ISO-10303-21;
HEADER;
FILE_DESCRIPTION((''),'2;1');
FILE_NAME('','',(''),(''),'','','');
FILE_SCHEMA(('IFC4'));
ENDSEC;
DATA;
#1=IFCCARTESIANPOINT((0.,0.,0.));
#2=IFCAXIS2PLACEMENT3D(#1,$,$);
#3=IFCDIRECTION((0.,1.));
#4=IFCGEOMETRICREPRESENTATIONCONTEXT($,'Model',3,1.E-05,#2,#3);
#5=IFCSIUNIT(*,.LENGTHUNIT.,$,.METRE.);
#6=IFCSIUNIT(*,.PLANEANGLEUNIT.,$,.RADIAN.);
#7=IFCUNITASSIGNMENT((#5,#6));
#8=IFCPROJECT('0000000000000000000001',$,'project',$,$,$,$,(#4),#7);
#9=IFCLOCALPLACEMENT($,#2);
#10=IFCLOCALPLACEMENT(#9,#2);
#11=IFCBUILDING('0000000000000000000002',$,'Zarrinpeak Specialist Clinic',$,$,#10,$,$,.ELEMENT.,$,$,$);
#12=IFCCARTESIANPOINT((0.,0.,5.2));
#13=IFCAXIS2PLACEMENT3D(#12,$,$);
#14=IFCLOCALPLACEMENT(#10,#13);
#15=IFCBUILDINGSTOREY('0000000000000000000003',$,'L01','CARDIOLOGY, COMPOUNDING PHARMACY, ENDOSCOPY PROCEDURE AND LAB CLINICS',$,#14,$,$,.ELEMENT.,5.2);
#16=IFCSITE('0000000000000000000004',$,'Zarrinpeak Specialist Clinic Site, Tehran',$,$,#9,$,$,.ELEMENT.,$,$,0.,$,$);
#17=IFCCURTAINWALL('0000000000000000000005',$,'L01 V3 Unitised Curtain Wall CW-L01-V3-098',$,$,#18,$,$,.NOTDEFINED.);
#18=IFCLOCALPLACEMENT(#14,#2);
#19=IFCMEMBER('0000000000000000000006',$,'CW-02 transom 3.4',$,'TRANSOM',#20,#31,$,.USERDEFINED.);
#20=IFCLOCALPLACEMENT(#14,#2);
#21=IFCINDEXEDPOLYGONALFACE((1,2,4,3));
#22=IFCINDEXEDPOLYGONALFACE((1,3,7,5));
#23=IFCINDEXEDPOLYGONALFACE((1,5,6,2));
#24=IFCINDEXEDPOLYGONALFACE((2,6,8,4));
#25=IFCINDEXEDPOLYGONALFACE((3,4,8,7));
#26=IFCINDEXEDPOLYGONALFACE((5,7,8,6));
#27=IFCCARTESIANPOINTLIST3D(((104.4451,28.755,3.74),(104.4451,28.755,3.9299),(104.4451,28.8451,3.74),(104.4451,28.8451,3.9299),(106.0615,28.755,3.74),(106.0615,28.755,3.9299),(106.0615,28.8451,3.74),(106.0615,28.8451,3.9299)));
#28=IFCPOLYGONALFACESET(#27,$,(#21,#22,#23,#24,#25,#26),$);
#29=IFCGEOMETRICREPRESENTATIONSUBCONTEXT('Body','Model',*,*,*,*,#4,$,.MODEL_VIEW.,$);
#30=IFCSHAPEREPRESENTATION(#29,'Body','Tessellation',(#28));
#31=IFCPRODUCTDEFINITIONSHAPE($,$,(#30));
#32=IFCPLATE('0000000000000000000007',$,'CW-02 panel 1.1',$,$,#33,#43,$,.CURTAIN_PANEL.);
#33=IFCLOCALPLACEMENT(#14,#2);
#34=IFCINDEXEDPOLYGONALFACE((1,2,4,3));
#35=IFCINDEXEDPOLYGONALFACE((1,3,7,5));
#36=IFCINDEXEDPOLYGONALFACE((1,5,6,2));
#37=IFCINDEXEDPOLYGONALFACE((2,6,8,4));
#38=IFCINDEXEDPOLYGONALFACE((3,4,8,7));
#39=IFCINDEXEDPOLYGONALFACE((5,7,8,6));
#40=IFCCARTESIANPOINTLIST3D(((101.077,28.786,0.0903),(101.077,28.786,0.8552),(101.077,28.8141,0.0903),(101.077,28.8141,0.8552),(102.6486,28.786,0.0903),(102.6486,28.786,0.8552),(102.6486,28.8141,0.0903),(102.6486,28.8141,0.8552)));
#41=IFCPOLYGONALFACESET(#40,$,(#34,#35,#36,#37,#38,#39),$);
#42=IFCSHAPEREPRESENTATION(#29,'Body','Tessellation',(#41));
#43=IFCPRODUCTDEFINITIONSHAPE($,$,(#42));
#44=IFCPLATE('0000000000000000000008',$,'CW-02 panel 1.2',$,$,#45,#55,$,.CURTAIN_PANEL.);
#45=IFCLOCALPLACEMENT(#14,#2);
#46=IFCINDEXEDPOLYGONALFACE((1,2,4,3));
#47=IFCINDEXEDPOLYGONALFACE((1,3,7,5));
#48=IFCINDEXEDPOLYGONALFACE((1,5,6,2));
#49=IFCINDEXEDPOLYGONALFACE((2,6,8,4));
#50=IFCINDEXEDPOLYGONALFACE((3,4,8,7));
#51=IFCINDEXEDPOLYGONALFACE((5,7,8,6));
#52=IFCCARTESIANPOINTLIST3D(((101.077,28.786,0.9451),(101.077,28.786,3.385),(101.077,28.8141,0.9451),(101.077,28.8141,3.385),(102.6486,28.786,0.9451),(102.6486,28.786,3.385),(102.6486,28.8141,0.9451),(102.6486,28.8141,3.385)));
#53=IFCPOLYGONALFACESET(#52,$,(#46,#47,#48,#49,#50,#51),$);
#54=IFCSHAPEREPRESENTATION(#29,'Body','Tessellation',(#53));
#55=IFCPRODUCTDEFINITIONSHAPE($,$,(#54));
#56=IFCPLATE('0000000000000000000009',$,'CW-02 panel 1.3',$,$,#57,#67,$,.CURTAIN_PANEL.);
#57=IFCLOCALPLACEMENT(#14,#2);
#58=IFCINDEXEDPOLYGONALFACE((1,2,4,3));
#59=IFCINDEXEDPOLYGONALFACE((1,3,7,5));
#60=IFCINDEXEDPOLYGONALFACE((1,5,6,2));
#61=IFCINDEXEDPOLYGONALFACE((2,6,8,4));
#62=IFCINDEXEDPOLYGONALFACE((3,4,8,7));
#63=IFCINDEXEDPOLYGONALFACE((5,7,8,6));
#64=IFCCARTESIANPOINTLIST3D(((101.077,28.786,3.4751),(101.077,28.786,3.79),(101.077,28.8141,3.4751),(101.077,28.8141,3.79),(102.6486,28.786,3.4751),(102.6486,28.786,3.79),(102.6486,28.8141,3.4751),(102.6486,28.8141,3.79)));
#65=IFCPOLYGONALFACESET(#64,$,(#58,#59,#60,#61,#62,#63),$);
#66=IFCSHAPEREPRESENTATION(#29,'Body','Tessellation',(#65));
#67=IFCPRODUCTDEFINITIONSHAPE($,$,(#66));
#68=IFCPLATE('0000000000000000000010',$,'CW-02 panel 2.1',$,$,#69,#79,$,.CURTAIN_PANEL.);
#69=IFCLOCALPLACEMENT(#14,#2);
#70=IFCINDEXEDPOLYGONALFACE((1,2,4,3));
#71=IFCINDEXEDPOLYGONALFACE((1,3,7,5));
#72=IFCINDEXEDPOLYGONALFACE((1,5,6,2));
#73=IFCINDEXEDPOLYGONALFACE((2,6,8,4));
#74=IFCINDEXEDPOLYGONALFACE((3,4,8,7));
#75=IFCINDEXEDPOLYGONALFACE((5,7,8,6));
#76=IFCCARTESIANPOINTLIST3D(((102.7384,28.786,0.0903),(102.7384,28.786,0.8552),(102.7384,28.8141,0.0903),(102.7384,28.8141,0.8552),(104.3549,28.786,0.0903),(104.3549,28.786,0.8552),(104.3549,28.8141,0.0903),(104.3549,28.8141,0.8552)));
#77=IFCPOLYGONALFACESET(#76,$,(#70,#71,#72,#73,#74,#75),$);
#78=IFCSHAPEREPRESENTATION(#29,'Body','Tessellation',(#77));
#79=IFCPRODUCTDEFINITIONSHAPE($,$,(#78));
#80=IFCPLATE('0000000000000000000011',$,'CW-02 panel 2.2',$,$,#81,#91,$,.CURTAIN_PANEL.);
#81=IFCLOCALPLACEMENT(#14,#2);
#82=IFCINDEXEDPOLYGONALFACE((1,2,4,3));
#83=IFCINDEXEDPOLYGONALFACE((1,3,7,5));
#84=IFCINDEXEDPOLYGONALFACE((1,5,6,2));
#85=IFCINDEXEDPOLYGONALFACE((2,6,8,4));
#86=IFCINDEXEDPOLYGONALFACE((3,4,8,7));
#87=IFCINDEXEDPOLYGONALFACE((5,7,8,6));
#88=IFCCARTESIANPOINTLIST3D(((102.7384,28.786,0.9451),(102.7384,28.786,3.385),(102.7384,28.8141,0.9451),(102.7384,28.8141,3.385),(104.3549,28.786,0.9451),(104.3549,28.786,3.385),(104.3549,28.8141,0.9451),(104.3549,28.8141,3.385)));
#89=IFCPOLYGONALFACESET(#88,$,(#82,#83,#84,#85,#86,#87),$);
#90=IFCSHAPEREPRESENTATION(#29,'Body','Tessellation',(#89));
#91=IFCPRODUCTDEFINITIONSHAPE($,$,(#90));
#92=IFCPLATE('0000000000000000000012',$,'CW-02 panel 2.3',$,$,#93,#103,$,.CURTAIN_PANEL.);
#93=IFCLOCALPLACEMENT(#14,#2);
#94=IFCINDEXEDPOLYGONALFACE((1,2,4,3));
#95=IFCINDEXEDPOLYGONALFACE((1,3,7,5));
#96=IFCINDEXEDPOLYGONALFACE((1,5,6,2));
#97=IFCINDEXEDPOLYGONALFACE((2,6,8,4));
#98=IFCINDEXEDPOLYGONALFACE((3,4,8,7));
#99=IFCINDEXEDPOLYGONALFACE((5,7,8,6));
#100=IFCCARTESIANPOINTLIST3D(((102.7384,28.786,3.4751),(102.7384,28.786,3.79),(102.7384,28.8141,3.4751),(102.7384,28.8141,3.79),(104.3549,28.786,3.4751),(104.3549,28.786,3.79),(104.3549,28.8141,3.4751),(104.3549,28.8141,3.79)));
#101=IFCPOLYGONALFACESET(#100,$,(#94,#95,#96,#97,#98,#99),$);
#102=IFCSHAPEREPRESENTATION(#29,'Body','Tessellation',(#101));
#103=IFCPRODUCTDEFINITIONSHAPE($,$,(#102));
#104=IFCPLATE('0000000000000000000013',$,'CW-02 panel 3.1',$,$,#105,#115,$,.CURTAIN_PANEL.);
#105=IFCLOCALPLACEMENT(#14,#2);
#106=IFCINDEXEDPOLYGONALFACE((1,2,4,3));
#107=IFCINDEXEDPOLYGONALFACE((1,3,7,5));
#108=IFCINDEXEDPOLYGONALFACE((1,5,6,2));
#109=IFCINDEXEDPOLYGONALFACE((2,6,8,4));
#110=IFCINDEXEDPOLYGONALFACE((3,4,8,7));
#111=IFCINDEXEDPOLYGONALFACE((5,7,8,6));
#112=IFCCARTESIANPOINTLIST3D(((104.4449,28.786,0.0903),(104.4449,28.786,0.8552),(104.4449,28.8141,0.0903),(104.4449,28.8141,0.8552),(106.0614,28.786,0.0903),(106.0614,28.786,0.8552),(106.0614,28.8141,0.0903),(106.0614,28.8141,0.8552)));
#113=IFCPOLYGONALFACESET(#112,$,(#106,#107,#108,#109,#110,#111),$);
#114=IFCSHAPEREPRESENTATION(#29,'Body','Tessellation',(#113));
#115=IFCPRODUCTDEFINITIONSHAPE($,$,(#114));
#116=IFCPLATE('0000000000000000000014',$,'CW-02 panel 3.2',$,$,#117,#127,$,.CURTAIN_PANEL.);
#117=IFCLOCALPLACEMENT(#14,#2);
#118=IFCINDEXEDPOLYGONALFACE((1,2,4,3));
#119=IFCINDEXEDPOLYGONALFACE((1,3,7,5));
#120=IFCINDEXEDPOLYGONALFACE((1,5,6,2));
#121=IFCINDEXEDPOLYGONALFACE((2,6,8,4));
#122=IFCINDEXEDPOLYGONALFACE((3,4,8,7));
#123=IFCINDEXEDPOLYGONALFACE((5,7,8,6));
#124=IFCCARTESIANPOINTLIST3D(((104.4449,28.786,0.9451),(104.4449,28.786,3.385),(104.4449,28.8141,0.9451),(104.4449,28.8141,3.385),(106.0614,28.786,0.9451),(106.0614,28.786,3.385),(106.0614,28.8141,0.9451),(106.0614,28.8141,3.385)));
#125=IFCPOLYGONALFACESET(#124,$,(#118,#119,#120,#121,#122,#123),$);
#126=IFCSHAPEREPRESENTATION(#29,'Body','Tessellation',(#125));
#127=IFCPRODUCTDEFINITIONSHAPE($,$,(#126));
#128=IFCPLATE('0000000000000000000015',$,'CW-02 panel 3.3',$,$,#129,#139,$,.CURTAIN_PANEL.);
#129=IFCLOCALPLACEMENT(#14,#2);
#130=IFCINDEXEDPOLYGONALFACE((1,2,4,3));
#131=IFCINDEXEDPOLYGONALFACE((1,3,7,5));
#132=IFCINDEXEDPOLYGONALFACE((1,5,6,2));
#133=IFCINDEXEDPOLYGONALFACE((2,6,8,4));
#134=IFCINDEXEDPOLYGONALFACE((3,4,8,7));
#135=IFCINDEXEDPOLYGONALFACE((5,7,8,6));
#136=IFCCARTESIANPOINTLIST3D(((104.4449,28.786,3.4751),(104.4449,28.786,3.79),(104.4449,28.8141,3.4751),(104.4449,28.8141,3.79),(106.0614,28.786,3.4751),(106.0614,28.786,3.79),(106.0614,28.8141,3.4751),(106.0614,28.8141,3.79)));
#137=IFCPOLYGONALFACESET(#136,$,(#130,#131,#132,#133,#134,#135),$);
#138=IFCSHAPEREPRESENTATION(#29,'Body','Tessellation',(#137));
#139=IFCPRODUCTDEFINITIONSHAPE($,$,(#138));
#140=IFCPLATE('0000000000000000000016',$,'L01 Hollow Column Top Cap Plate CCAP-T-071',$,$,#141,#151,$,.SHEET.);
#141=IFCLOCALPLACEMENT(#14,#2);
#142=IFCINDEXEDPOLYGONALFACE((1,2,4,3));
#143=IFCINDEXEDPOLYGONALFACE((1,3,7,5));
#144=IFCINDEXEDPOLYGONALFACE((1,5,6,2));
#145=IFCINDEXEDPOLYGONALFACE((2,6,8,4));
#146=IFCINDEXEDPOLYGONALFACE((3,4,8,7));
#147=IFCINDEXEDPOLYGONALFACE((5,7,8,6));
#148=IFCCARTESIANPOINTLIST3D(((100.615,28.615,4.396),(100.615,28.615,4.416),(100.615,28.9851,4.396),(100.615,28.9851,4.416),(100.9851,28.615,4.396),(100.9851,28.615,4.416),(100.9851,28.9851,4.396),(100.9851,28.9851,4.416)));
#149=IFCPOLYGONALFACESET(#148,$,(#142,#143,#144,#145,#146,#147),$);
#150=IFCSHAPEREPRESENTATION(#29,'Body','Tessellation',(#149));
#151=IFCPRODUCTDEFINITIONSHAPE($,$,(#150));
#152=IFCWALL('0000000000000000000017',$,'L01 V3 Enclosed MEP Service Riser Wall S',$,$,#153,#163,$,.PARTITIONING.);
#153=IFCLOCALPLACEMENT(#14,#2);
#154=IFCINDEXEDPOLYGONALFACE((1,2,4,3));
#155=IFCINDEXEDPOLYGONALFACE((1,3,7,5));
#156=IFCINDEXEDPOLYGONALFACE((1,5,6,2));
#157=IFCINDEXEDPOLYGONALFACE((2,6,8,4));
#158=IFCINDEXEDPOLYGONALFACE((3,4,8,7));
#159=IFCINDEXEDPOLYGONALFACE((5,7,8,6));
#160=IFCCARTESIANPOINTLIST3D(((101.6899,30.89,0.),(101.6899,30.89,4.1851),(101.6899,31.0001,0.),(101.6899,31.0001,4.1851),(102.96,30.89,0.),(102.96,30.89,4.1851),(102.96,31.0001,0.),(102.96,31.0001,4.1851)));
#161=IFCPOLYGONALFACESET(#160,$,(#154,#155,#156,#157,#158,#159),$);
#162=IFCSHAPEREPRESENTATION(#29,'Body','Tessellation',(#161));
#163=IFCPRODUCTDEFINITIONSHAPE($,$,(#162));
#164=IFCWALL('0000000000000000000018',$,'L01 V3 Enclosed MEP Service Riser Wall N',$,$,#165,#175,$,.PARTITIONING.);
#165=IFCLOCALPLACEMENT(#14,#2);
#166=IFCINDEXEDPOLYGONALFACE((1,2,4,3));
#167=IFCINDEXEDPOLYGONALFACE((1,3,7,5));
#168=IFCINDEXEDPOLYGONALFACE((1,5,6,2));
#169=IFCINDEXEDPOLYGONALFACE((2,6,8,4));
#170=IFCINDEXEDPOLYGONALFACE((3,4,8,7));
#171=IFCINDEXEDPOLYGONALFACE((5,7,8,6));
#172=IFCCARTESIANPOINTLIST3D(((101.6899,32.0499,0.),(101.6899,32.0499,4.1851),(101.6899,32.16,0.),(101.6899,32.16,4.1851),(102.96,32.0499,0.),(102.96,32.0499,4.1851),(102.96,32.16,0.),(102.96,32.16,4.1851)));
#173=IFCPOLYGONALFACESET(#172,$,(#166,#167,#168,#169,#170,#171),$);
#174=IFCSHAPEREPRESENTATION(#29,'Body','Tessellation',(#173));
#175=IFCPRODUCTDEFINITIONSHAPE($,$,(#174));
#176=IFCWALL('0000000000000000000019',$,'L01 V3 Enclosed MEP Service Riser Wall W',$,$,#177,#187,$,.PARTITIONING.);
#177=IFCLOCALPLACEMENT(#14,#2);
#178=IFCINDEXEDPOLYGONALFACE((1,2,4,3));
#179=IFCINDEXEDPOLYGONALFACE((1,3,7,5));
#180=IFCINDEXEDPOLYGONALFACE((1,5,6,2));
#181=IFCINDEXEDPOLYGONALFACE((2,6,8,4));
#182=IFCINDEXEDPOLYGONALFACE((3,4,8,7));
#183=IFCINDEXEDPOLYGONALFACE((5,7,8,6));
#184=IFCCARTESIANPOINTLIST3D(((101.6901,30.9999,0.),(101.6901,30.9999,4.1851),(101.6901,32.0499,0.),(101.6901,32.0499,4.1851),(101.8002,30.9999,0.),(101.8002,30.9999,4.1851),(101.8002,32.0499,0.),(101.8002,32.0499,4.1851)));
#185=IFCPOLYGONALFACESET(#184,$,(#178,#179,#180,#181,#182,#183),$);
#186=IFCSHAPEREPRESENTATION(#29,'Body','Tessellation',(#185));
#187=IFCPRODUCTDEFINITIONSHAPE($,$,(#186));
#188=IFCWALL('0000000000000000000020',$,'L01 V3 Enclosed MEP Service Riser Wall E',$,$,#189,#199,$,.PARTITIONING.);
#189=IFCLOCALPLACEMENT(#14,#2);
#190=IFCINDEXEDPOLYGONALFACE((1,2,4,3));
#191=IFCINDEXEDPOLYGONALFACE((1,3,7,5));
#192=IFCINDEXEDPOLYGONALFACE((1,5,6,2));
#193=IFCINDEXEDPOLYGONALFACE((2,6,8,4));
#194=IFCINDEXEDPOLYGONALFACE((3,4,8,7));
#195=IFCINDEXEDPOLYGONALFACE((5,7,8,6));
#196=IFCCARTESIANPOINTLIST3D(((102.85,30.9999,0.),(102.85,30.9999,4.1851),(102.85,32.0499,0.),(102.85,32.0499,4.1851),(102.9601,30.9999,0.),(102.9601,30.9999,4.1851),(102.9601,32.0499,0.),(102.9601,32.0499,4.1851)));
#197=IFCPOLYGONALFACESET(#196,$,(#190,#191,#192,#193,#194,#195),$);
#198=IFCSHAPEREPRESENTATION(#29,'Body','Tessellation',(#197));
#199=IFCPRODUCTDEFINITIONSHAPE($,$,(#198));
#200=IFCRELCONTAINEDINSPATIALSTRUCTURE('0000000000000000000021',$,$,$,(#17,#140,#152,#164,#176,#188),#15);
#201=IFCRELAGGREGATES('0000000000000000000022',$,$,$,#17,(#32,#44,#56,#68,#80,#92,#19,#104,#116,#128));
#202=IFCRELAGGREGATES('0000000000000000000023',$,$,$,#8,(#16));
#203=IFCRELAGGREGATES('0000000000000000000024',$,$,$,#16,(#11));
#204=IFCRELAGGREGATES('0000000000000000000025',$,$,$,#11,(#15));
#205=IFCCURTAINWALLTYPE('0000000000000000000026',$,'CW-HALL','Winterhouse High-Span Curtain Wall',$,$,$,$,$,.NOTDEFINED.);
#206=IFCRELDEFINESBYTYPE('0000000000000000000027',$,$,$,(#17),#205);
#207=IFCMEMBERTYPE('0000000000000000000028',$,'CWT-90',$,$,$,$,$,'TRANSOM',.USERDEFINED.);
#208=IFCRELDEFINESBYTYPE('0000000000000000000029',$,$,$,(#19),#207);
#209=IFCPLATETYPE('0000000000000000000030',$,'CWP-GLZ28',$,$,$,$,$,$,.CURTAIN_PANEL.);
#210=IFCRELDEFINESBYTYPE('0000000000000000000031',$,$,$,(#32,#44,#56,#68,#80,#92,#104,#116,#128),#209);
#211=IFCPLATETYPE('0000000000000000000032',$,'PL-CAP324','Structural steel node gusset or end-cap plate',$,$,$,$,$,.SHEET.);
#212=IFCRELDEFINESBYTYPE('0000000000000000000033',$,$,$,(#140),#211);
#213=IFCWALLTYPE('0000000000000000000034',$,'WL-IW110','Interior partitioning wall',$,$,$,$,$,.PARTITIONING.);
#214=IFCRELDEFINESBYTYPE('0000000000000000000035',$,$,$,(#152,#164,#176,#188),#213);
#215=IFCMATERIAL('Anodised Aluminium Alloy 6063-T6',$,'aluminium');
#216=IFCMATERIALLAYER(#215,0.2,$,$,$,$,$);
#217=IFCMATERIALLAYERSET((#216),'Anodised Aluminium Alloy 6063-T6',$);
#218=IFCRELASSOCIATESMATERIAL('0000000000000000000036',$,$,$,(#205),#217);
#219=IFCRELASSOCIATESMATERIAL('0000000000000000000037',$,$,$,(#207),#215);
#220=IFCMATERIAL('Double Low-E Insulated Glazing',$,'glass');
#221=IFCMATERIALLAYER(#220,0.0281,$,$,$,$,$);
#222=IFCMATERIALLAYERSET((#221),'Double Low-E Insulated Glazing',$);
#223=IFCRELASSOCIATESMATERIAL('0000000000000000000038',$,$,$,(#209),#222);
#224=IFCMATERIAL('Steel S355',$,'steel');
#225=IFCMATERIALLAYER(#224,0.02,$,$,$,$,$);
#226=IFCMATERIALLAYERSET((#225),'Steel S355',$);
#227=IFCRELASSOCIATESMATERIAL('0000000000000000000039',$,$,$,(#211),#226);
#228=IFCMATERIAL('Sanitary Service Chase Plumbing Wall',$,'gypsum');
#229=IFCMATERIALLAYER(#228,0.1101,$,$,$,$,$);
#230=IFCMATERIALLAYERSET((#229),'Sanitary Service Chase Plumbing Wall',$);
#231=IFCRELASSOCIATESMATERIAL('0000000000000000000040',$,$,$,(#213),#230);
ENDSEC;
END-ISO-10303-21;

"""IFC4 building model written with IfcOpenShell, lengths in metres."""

from ifc_helpers import new_model, si_unit, direction, frame, frame_2d, origin, origin_2d, place, context, subcontext, project, spatial, rectangle, extrude, material, layer, layer_set, material_profile, profile_set, type_object, element, aggregate, save


model = new_model("IFC4")

# Units and contexts
model_context = context("Model", 3, precision=1e-05, world=origin(), true_north=direction((0.0, 1.0)))
body_context = subcontext(model_context, "Body", "Model", "MODEL_VIEW")
ifc_project = project(units=[si_unit("LENGTHUNIT", "METRE"), si_unit("PLANEANGLEUNIT", "RADIAN")], contexts=[model_context])

# Site, building, storey
site_placement = place(None, origin())
site = spatial("IfcSite", under=ifc_project, at=site_placement, Name="Zarrinpeak Specialist Clinic Site, Tehran", CompositionType="ELEMENT", RefElevation=0.0)
building_placement = place(site_placement, origin())
building = spatial("IfcBuilding", under=site, at=building_placement, Name="Zarrinpeak Specialist Clinic", CompositionType="ELEMENT")
storey_placement = place(building_placement, frame((0.0, 0.0, 5.2)))
storey = spatial("IfcBuildingStorey", under=building, at=storey_placement, Name="L01", Description="CARDIOLOGY, COMPOUNDING PHARMACY, ENDOSCOPY PROCEDURE AND LAB CLINICS", CompositionType="ELEMENT", Elevation=5.2)

# Shared definitions
ifc_material_1 = material(Name="Steel S355", Category="steel")

# Curtain wall, member, plates
ifc_material_2 = material(Name="Anodised Aluminium Alloy 6063-T6", Category="aluminium")
ifc_layer_1 = layer(ifc_material_2, 0.2)
ifc_layer_set_1 = layer_set([ifc_layer_1], Name="Anodised Aluminium Alloy 6063-T6")
curtain_wall_type = type_object("IfcCurtainWallType", Name="CW-HALL", Description="Winterhouse High-Span Curtain Wall", PredefinedType="NOTDEFINED", material=ifc_layer_set_1)
curtain_wall_placement = place(storey_placement, origin())
curtain_wall = element("IfcCurtainWall", 1, at=curtain_wall_placement, inside=storey, type_object=curtain_wall_type, Name="L01 V3 Unitised Curtain Wall CW-L01-V3-098", PredefinedType="NOTDEFINED")
ifc_material_profile_1 = material_profile(ifc_material_2, rectangle(XDim=0.0901, YDim=0.1899, at=origin_2d()), Name="ALU 90x190")
ifc_profile_set_1 = profile_set([ifc_material_profile_1], Name="Anodised Aluminium Alloy 6063-T6")
member_type_1 = type_object("IfcMemberType", Name="CWT-90", ElementType="TRANSOM", PredefinedType="USERDEFINED", material=ifc_profile_set_1)
member_1_placement = place(storey_placement, frame((104.4451, 28.8, 3.835), z_axis=(1.0, 0.0, 0.0), x_axis=(0.0, 1.0, 0.0)))
member_1 = element("IfcMember", 2, at=member_1_placement, type_object=member_type_1, Name="CW-02 transom 3.4", ObjectType="TRANSOM", PredefinedType="USERDEFINED", context=body_context, shape_type="SweptSolid", body=[
    extrude(rectangle(XDim=0.0901, YDim=0.1899, at=origin_2d()), origin(), (0.0, 0.0, 1.0), 1.6165),
])
ifc_material_3 = material(Name="Double Low-E Insulated Glazing", Category="glass")
ifc_layer_2 = layer(ifc_material_3, 0.0281)
ifc_layer_set_2 = layer_set([ifc_layer_2], Name="Double Low-E Insulated Glazing")
plate_type_1 = type_object("IfcPlateType", Name="CWP-GLZ28", PredefinedType="CURTAIN_PANEL", material=ifc_layer_set_2)
plate_1_placement = place(storey_placement, frame((101.8628, 28.8, 0.0903), z_axis=(0.0, 0.0, 1.0), x_axis=(1.0, 0.0, 0.0)))
plate_1 = element("IfcPlate", 3, at=plate_1_placement, type_object=plate_type_1, Name="CW-02 panel 1.1", PredefinedType="CURTAIN_PANEL", context=body_context, shape_type="SweptSolid", body=[
    extrude(rectangle(XDim=1.5715, YDim=0.0281, at=origin_2d()), origin(), (0.0, 0.0, 1.0), 0.7649),
])
plate_2_placement = place(storey_placement, frame((101.8628, 28.8, 0.9451), z_axis=(0.0, 0.0, 1.0), x_axis=(1.0, 0.0, 0.0)))
plate_2 = element("IfcPlate", 4, at=plate_2_placement, type_object=plate_type_1, Name="CW-02 panel 1.2", PredefinedType="CURTAIN_PANEL", context=body_context, shape_type="SweptSolid", body=[
    extrude(rectangle(XDim=1.5715, YDim=0.0281, at=origin_2d()), origin(), (0.0, 0.0, 1.0), 2.4399),
])
plate_3_placement = place(storey_placement, frame((101.8628, 28.8, 3.4751), z_axis=(0.0, 0.0, 1.0), x_axis=(1.0, 0.0, 0.0)))
plate_3 = element("IfcPlate", 5, at=plate_3_placement, type_object=plate_type_1, Name="CW-02 panel 1.3", PredefinedType="CURTAIN_PANEL", context=body_context, shape_type="SweptSolid", body=[
    extrude(rectangle(XDim=1.5715, YDim=0.0281, at=origin_2d()), origin(), (0.0, 0.0, 1.0), 0.3149),
])
plate_4_placement = place(storey_placement, frame((103.5466, 28.8, 0.0903), z_axis=(0.0, 0.0, 1.0), x_axis=(1.0, 0.0, 0.0)))
plate_4 = element("IfcPlate", 6, at=plate_4_placement, type_object=plate_type_1, Name="CW-02 panel 2.1", PredefinedType="CURTAIN_PANEL", context=body_context, shape_type="SweptSolid", body=[
    extrude(rectangle(XDim=1.6165, YDim=0.0281, at=origin_2d()), origin(), (0.0, 0.0, 1.0), 0.7649),
])
plate_5_placement = place(storey_placement, frame((103.5466, 28.8, 0.9451), z_axis=(0.0, 0.0, 1.0), x_axis=(1.0, 0.0, 0.0)))
plate_5 = element("IfcPlate", 7, at=plate_5_placement, type_object=plate_type_1, Name="CW-02 panel 2.2", PredefinedType="CURTAIN_PANEL", context=body_context, shape_type="SweptSolid", body=[
    extrude(rectangle(XDim=1.6165, YDim=0.0281, at=origin_2d()), origin(), (0.0, 0.0, 1.0), 2.4399),
])
plate_6_placement = place(storey_placement, frame((103.5466, 28.8, 3.4751), z_axis=(0.0, 0.0, 1.0), x_axis=(1.0, 0.0, 0.0)))
plate_6 = element("IfcPlate", 8, at=plate_6_placement, type_object=plate_type_1, Name="CW-02 panel 2.3", PredefinedType="CURTAIN_PANEL", context=body_context, shape_type="SweptSolid", body=[
    extrude(rectangle(XDim=1.6165, YDim=0.0281, at=origin_2d()), origin(), (0.0, 0.0, 1.0), 0.3149),
])
plate_7_placement = place(storey_placement, frame((105.2532, 28.8, 0.0903), z_axis=(0.0, 0.0, 1.0), x_axis=(1.0, 0.0, 0.0)))
plate_7 = element("IfcPlate", 9, at=plate_7_placement, type_object=plate_type_1, Name="CW-02 panel 3.1", PredefinedType="CURTAIN_PANEL", context=body_context, shape_type="SweptSolid", body=[
    extrude(rectangle(XDim=1.6165, YDim=0.0281, at=origin_2d()), origin(), (0.0, 0.0, 1.0), 0.7649),
])
plate_8_placement = place(storey_placement, frame((105.2532, 28.8, 0.9451), z_axis=(0.0, 0.0, 1.0), x_axis=(1.0, 0.0, 0.0)))
plate_8 = element("IfcPlate", 10, at=plate_8_placement, type_object=plate_type_1, Name="CW-02 panel 3.2", PredefinedType="CURTAIN_PANEL", context=body_context, shape_type="SweptSolid", body=[
    extrude(rectangle(XDim=1.6165, YDim=0.0281, at=origin_2d()), origin(), (0.0, 0.0, 1.0), 2.4399),
])
plate_9_placement = place(storey_placement, frame((105.2532, 28.8, 3.4751), z_axis=(0.0, 0.0, 1.0), x_axis=(1.0, 0.0, 0.0)))
plate_9 = element("IfcPlate", 11, at=plate_9_placement, type_object=plate_type_1, Name="CW-02 panel 3.3", PredefinedType="CURTAIN_PANEL", context=body_context, shape_type="SweptSolid", body=[
    extrude(rectangle(XDim=1.6165, YDim=0.0281, at=origin_2d()), origin(), (0.0, 0.0, 1.0), 0.3149),
])
aggregate(curtain_wall, [plate_1, plate_2, plate_3, plate_4, plate_5, plate_6, member_1, plate_7, plate_8, plate_9])

# Plate
ifc_layer_3 = layer(ifc_material_1, 0.02)
ifc_layer_set_3 = layer_set([ifc_layer_3], Name="Steel S355")
plate_type_2 = type_object("IfcPlateType", Name="PL-CAP324", Description="Structural steel node gusset or end-cap plate", PredefinedType="SHEET", material=ifc_layer_set_3)
plate_10_placement = place(storey_placement, frame((100.8, 28.8, 4.396), z_axis=(0.0, 0.0, 1.0), x_axis=(1.0, 0.0, 0.0)))
element("IfcPlate", 12, at=plate_10_placement, inside=storey, type_object=plate_type_2, Name="L01 Hollow Column Top Cap Plate CCAP-T-071", PredefinedType="SHEET", context=body_context, shape_type="SweptSolid", body=[
    extrude(rectangle(XDim=0.3701, YDim=0.3701, at=origin_2d()), origin(), (0.0, 0.0, 1.0), 0.02),
])

# Walls
ifc_material_4 = material(Name="Sanitary Service Chase Plumbing Wall", Category="gypsum")
ifc_layer_4 = layer(ifc_material_4, 0.1101)
ifc_layer_set_4 = layer_set([ifc_layer_4], Name="Sanitary Service Chase Plumbing Wall")
wall_type_1 = type_object("IfcWallType", Name="WL-IW110", Description="Interior partitioning wall", PredefinedType="PARTITIONING", material=ifc_layer_set_4)
for number, where, z_axis, x_axis, name in (
    (13, (101.6899, 30.9451, 0.0), (0.0, 0.0, 1.0), (1.0, 0.0, 0.0), "L01 V3 Enclosed MEP Service Riser Wall S"),
    (14, (101.6899, 32.105, 0.0), (0.0, 0.0, 1.0), (1.0, 0.0, 0.0), "L01 V3 Enclosed MEP Service Riser Wall N"),
):
    element("IfcWall", number, at=place(storey_placement, frame(where, z_axis=z_axis, x_axis=x_axis)), inside=storey, type_object=wall_type_1, Name=name, PredefinedType="PARTITIONING", context=body_context, shape_type="SweptSolid", body=[
        extrude(rectangle(XDim=1.27, YDim=0.1101, at=frame_2d((0.635, 0.0))), origin(), (0.0, 0.0, 1.0), 4.1851),
    ])
for number, where, z_axis, x_axis, name in (
    (15, (101.7451, 31.0, 0.0), (0.0, 0.0, 1.0), (0.0, 1.0, 0.0), "L01 V3 Enclosed MEP Service Riser Wall W"),
    (16, (102.905, 31.0, 0.0), (0.0, 0.0, 1.0), (0.0, 1.0, 0.0), "L01 V3 Enclosed MEP Service Riser Wall E"),
):
    element("IfcWall", number, at=place(storey_placement, frame(where, z_axis=z_axis, x_axis=x_axis)), inside=storey, type_object=wall_type_1, Name=name, PredefinedType="PARTITIONING", context=body_context, shape_type="SweptSolid", body=[
        extrude(rectangle(XDim=1.05, YDim=0.1101, at=frame_2d((0.5249, 0.0))), origin(), (0.0, 0.0, 1.0), 4.1851),
    ])

save(model, "model.ifc")
